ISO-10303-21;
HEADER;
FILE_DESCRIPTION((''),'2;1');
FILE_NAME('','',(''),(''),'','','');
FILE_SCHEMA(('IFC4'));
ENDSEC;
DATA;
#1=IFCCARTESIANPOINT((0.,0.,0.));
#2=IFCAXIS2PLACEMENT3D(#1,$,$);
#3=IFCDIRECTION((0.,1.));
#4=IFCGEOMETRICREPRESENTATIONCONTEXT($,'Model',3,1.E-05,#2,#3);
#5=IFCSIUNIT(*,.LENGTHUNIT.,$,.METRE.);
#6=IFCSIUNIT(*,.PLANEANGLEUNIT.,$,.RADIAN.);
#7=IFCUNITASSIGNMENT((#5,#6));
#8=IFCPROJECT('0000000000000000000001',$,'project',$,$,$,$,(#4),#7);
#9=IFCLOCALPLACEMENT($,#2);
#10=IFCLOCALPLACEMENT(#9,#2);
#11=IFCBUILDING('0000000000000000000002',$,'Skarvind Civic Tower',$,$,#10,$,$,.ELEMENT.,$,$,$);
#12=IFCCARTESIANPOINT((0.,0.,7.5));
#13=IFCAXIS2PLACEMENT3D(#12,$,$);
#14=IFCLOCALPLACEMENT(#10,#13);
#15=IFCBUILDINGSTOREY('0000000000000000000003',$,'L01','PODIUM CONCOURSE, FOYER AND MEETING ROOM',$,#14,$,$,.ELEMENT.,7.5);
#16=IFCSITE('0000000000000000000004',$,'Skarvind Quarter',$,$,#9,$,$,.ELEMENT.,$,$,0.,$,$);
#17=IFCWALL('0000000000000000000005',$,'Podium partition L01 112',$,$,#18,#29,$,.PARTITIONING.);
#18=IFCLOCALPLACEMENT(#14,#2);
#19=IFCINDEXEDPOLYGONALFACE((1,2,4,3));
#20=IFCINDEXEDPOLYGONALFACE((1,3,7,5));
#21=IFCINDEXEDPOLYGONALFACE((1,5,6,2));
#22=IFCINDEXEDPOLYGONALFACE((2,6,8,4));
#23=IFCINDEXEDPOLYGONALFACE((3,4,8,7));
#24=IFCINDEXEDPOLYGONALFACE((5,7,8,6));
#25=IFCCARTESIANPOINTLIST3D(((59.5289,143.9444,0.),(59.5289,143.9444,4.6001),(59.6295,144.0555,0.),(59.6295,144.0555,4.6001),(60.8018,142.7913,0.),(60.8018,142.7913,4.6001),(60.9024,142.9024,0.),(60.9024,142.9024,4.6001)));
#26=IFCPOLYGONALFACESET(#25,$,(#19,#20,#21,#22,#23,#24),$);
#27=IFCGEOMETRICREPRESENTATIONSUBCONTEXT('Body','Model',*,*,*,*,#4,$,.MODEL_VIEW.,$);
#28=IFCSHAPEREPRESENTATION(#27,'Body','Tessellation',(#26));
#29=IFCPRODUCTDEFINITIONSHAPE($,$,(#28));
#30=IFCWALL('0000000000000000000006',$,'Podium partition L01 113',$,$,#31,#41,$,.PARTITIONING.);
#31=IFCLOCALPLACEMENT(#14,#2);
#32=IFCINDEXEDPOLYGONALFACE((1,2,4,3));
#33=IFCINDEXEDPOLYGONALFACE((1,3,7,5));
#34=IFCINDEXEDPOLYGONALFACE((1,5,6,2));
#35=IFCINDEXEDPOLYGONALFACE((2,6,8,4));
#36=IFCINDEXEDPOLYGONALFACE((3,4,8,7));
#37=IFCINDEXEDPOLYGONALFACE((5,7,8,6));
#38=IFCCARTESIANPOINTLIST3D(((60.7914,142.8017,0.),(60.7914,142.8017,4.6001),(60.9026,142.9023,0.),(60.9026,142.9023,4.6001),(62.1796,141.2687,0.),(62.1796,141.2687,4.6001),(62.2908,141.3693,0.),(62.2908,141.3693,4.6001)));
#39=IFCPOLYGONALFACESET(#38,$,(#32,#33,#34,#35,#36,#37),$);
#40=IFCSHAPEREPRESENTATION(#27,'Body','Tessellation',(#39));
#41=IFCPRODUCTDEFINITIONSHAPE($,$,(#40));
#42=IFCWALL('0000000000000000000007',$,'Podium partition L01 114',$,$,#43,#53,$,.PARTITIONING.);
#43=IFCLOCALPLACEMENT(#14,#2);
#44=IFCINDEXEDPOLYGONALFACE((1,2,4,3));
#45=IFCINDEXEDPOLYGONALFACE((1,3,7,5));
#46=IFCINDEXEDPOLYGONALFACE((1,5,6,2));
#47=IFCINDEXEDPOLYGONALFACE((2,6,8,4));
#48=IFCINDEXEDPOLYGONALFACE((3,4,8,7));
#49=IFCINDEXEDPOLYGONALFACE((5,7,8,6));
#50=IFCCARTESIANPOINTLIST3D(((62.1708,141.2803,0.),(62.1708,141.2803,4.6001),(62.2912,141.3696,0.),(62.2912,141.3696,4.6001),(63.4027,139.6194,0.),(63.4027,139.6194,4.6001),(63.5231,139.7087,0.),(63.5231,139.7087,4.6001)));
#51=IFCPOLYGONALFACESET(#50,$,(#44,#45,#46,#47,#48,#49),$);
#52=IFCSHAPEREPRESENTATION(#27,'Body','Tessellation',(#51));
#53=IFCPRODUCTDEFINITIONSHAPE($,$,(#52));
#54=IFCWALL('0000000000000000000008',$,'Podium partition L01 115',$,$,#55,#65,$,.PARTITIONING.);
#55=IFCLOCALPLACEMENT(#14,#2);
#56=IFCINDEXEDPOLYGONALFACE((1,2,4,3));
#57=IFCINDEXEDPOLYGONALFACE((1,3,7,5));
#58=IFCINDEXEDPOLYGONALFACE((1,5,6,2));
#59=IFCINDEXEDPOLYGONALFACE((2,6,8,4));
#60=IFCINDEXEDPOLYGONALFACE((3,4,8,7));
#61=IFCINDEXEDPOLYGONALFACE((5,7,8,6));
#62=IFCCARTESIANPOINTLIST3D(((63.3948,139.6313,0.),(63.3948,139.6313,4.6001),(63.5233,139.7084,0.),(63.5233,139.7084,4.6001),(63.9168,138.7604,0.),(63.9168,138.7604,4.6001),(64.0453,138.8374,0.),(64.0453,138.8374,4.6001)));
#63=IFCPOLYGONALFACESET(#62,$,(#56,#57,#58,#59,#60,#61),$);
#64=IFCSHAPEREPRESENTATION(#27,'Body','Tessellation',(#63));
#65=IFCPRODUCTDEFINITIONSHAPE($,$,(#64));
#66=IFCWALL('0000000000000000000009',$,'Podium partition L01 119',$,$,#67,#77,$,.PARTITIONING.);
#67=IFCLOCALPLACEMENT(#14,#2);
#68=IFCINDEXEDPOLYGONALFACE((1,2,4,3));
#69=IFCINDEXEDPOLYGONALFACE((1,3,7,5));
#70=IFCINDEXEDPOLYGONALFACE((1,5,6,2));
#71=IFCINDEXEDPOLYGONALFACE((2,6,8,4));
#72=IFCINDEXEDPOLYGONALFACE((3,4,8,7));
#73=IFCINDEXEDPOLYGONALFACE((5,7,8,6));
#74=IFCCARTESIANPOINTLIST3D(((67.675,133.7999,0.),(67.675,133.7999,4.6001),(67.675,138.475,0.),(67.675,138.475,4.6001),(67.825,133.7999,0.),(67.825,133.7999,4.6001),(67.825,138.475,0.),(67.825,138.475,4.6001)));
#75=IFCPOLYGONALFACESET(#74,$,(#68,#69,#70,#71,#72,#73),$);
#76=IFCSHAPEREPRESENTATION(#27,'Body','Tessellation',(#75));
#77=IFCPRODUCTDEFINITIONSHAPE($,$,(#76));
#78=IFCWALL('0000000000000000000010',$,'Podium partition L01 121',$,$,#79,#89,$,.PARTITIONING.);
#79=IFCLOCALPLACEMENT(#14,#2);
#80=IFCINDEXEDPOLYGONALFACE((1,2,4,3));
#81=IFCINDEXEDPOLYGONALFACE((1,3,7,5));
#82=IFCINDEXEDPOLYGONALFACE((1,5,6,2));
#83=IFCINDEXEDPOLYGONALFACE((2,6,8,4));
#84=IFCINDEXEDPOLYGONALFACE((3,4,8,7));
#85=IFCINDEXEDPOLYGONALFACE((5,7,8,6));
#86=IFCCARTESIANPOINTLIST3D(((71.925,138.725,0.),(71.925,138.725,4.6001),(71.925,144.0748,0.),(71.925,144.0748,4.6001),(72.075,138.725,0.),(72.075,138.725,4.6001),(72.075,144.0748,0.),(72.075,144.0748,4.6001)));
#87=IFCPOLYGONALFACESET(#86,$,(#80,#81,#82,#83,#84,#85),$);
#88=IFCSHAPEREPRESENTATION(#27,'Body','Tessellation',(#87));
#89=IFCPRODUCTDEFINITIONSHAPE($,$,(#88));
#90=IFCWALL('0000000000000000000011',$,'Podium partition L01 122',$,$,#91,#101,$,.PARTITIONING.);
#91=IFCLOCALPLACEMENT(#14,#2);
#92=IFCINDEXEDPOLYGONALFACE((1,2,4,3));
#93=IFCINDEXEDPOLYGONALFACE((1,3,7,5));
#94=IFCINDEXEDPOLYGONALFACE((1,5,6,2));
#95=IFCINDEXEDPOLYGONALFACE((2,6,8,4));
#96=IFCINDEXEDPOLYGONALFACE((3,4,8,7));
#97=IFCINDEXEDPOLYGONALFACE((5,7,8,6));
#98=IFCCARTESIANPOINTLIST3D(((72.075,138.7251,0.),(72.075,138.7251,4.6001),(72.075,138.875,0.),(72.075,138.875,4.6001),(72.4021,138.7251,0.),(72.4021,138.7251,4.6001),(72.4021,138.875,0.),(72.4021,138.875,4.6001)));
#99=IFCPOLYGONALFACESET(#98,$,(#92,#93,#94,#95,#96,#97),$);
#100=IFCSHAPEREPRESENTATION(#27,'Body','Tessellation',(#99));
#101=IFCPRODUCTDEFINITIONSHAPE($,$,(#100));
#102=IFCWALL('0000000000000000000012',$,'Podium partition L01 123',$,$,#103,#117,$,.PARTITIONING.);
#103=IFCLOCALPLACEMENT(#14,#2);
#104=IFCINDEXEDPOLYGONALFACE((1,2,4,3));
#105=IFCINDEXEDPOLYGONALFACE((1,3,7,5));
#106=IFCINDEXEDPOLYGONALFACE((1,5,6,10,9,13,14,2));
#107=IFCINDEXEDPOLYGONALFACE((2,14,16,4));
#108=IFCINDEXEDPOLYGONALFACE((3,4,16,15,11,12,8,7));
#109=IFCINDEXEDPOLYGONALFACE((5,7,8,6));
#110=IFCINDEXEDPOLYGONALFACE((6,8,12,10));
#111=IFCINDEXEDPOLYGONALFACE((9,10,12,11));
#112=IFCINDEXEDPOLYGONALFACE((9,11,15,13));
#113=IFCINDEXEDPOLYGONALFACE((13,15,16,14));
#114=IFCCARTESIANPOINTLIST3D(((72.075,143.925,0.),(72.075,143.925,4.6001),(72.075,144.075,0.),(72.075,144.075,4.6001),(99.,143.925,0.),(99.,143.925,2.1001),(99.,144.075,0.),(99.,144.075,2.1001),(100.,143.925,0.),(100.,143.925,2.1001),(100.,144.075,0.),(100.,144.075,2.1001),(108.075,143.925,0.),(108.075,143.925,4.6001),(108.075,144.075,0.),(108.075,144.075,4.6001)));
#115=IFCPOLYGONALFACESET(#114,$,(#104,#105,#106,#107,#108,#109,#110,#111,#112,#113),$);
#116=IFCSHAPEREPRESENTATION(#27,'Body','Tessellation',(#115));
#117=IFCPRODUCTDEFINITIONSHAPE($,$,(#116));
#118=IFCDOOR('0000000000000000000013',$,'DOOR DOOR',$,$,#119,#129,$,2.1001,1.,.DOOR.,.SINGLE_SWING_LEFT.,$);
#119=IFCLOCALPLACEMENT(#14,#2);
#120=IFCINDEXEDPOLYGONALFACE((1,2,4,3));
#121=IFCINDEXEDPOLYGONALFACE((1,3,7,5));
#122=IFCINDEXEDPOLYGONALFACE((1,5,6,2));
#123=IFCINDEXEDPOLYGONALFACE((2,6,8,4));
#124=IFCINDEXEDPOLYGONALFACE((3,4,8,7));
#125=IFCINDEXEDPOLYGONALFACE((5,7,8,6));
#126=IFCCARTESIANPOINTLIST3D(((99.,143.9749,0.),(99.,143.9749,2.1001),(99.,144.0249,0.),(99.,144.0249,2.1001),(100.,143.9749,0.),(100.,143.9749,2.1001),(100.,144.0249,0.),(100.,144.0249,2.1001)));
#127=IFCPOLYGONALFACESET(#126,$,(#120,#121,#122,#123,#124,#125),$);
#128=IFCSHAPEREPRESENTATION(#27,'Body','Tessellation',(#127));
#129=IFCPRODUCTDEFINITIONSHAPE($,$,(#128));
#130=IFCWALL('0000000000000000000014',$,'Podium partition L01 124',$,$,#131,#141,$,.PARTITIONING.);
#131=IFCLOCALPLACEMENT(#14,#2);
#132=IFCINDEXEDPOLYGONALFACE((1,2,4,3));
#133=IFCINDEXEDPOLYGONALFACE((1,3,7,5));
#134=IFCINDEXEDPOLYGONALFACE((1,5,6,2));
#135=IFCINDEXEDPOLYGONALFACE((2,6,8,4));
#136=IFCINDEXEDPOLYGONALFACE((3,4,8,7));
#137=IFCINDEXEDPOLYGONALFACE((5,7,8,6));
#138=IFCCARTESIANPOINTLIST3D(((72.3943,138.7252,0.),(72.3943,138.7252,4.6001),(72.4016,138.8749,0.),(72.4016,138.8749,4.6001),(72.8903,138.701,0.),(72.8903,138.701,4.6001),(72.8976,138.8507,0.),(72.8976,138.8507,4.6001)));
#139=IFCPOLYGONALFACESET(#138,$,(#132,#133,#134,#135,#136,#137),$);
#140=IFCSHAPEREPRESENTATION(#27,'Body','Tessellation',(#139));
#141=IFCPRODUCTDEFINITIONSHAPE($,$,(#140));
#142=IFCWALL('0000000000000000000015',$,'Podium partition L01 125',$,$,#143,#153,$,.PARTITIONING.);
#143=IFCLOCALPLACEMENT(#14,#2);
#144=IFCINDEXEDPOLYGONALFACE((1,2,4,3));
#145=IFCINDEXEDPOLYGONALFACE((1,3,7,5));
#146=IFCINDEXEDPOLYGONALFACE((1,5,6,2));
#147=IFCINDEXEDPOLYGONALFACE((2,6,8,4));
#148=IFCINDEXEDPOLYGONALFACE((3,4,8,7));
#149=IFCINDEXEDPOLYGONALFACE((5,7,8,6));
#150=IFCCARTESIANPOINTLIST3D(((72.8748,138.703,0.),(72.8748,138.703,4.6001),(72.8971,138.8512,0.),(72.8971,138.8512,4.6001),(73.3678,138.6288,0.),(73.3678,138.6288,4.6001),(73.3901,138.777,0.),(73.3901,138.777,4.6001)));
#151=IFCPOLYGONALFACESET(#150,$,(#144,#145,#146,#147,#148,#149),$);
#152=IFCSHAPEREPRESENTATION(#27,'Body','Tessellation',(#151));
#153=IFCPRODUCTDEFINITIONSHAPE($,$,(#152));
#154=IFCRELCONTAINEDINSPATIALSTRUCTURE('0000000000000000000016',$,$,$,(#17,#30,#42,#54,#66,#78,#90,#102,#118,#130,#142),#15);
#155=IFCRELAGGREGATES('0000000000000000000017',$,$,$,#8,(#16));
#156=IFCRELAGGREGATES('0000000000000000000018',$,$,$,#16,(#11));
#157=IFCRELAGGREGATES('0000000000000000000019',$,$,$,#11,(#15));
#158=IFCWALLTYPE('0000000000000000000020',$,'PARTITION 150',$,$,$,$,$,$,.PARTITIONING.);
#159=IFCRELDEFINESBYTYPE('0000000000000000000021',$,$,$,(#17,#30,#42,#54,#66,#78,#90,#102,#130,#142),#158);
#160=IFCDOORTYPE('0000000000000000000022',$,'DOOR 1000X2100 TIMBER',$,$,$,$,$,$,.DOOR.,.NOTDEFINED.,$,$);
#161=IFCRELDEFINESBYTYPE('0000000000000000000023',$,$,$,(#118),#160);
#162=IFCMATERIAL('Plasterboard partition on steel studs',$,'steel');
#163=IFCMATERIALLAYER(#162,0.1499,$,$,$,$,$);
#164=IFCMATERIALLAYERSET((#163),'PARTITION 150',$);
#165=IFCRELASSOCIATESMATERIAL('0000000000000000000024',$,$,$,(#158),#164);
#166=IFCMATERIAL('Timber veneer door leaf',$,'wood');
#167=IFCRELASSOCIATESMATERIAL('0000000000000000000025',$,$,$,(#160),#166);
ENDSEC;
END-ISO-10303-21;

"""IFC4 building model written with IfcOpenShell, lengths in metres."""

from ifc_helpers import new_model, si_unit, direction, frame, frame_2d, origin, place, context, subcontext, project, spatial, rectangle, extrude, material, layer, layer_set, type_object, element, fill, save


model = new_model("IFC4")

# Units and contexts
model_context = context("Model", 3, precision=1e-05, world=origin(), true_north=direction((0.0, 1.0)))
body_context = subcontext(model_context, "Body", "Model", "MODEL_VIEW")
ifc_project = project(units=[si_unit("LENGTHUNIT", "METRE"), si_unit("PLANEANGLEUNIT", "RADIAN")], contexts=[model_context])

# Site, building, storey
site_placement = place(None, origin())
site = spatial("IfcSite", under=ifc_project, at=site_placement, Name="Skarvind Quarter", CompositionType="ELEMENT", RefElevation=0.0)
building_placement = place(site_placement, origin())
building = spatial("IfcBuilding", under=site, at=building_placement, Name="Skarvind Civic Tower", CompositionType="ELEMENT")
storey_placement = place(building_placement, frame((0.0, 0.0, 7.5)))
storey = spatial("IfcBuildingStorey", under=building, at=storey_placement, Name="L01", Description="PODIUM CONCOURSE, FOYER AND MEETING ROOM", CompositionType="ELEMENT", Elevation=7.5)

# Walls
ifc_material_1 = material(Name="Plasterboard partition on steel studs", Category="steel")
ifc_layer_1 = layer(ifc_material_1, 0.1499)
ifc_layer_set_1 = layer_set([ifc_layer_1], Name="PARTITION 150")
wall_type_1 = type_object("IfcWallType", Name="PARTITION 150", PredefinedType="PARTITIONING", material=ifc_layer_set_1)
wall_1_placement = place(storey_placement, frame((59.5791, 144.0, 0.0), z_axis=(0.0, 0.0, 1.0), x_axis=(0.741142, -0.671349, 0.0)))
element("IfcWall", 1, at=wall_1_placement, inside=storey, type_object=wall_type_1, Name="Podium partition L01 112", PredefinedType="PARTITIONING", context=body_context, shape_type="SweptSolid", body=[
    extrude(rectangle(XDim=1.7175, YDim=0.1499, at=frame_2d((0.8589, 0.0))), origin(), (0.0, 0.0, 1.0), 4.6001),
])
wall_2_placement = place(storey_placement, frame((60.8469, 142.8521, 0.0), z_axis=(0.0, 0.0, 1.0), x_axis=(0.671238, -0.741242, 0.0)))
element("IfcWall", 2, at=wall_2_placement, inside=storey, type_object=wall_type_1, Name="Podium partition L01 113", PredefinedType="PARTITIONING", context=body_context, shape_type="SweptSolid", body=[
    extrude(rectangle(XDim=2.0681, YDim=0.1499, at=frame_2d((1.0342, 0.0))), origin(), (0.0, 0.0, 1.0), 4.6001),
])
wall_3_placement = place(storey_placement, frame((62.231, 141.325, 0.0), z_axis=(0.0, 0.0, 1.0), x_axis=(0.595741, -0.803176, 0.0)))
element("IfcWall", 3, at=wall_3_placement, inside=storey, type_object=wall_type_1, Name="Podium partition L01 114", PredefinedType="PARTITIONING", context=body_context, shape_type="SweptSolid", body=[
    extrude(rectangle(XDim=2.0679, YDim=0.1499, at=frame_2d((1.0339, 0.0))), origin(), (0.0, 0.0, 1.0), 4.6001),
])
wall_4_placement = place(storey_placement, frame((63.459, 139.6699, 0.0), z_axis=(0.0, 0.0, 1.0), x_axis=(0.514107, -0.857726, 0.0)))
element("IfcWall", 4, at=wall_4_placement, inside=storey, type_object=wall_type_1, Name="Podium partition L01 115", PredefinedType="PARTITIONING", context=body_context, shape_type="SweptSolid", body=[
    extrude(rectangle(XDim=1.0154, YDim=0.1499, at=frame_2d((0.5078, 0.0))), origin(), (0.0, 0.0, 1.0), 4.6001),
])
wall_5_placement = place(storey_placement, frame((67.75, 133.8, 0.0), z_axis=(0.0, 0.0, 1.0), x_axis=(0.0, 1.0, 0.0)))
element("IfcWall", 5, at=wall_5_placement, inside=storey, type_object=wall_type_1, Name="Podium partition L01 119", PredefinedType="PARTITIONING", context=body_context, shape_type="SweptSolid", body=[
    extrude(rectangle(XDim=4.675, YDim=0.1499, at=frame_2d((2.3374, 0.0))), origin(), (0.0, 0.0, 1.0), 4.6001),
])
wall_6_placement = place(storey_placement, frame((72.0, 138.7251, 0.0), z_axis=(0.0, 0.0, 1.0), x_axis=(0.0, 1.0, 0.0)))
element("IfcWall", 6, at=wall_6_placement, inside=storey, type_object=wall_type_1, Name="Podium partition L01 121", PredefinedType="PARTITIONING", context=body_context, shape_type="SweptSolid", body=[
    extrude(rectangle(XDim=5.3499, YDim=0.1499, at=frame_2d((2.6748, 0.0))), origin(), (0.0, 0.0, 1.0), 4.6001),
])
wall_7_placement = place(storey_placement, frame((72.075, 138.8, 0.0), z_axis=(0.0, 0.0, 1.0), x_axis=(1.0, 0.0, 0.0)))
element("IfcWall", 7, at=wall_7_placement, inside=storey, type_object=wall_type_1, Name="Podium partition L01 122", PredefinedType="PARTITIONING", context=body_context, shape_type="SweptSolid", body=[
    extrude(rectangle(XDim=0.3271, YDim=0.1499, at=frame_2d((0.1636, 0.0))), origin(), (0.0, 0.0, 1.0), 4.6001),
])

# Wall, opening, door
wall_8_placement = place(storey_placement, frame((72.075, 144.0, 0.0), z_axis=(0.0, 0.0, 1.0), x_axis=(1.0, 0.0, 0.0)))
wall_8 = element("IfcWall", 8, at=wall_8_placement, inside=storey, type_object=wall_type_1, Name="Podium partition L01 123", PredefinedType="PARTITIONING", context=body_context, shape_type="SweptSolid", body=[
    extrude(rectangle(XDim=36.0, YDim=0.1499, at=frame_2d((18.0, 0.0))), origin(), (0.0, 0.0, 1.0), 4.6001),
])
opening_1_placement = place(wall_8_placement, frame((26.925, 0.0, 0.0)))
opening_1 = element("IfcOpeningElement", 9, at=opening_1_placement, cuts=wall_8, PredefinedType="OPENING", context=body_context, shape_type="SweptSolid", body=[
    extrude(rectangle(XDim=1.0, YDim=2.1001, at=frame_2d((0.5, 1.05))), frame((0.0, 0.085, 0.0), z_axis=(0.0, -1.0, 0.0), x_axis=(1.0, 0.0, 0.0)), (0.0, 0.0, 1.0), 0.1699),
])
ifc_material_2 = material(Name="Timber veneer door leaf", Category="wood")
door_type_1 = type_object("IfcDoorType", Name="DOOR 1000X2100 TIMBER", OperationType="NOTDEFINED", PredefinedType="DOOR", material=ifc_material_2)
door_1_placement = place(opening_1_placement, origin())
door_1 = element("IfcDoor", 10, at=door_1_placement, inside=storey, type_object=door_type_1, Name="DOOR DOOR", OperationType="SINGLE_SWING_LEFT", OverallHeight=2.1001, OverallWidth=1.0, PredefinedType="DOOR", context=body_context, shape_type="SweptSolid", body=[
    extrude(rectangle(XDim=1.0, YDim=2.1001, at=frame_2d((0.5, 1.05))), frame((0.0, 0.0249, 0.0), z_axis=(0.0, -1.0, 0.0), x_axis=(1.0, 0.0, 0.0)), (0.0, 0.0, 1.0), 0.05),
])
fill(opening_1, door_1)

# Walls
wall_9_placement = place(storey_placement, frame((72.3979, 138.8, 0.0), z_axis=(0.0, 0.0, 1.0), x_axis=(0.998815, -0.048663, 0.0)))
element("IfcWall", 11, at=wall_9_placement, inside=storey, type_object=wall_type_1, Name="Podium partition L01 124", PredefinedType="PARTITIONING", context=body_context, shape_type="SweptSolid", body=[
    extrude(rectangle(XDim=0.4966, YDim=0.1499, at=frame_2d((0.2483, 0.0))), origin(), (0.0, 0.0, 1.0), 4.6001),
])
wall_10_placement = place(storey_placement, frame((72.886, 138.7771, 0.0), z_axis=(0.0, 0.0, 1.0), x_axis=(0.988854, -0.148891, 0.0)))
element("IfcWall", 12, at=wall_10_placement, inside=storey, type_object=wall_type_1, Name="Podium partition L01 125", PredefinedType="PARTITIONING", context=body_context, shape_type="SweptSolid", body=[
    extrude(rectangle(XDim=0.4985, YDim=0.1499, at=frame_2d((0.2493, 0.0))), origin(), (0.0, 0.0, 1.0), 4.6001),
])

save(model, "model.ifc")
